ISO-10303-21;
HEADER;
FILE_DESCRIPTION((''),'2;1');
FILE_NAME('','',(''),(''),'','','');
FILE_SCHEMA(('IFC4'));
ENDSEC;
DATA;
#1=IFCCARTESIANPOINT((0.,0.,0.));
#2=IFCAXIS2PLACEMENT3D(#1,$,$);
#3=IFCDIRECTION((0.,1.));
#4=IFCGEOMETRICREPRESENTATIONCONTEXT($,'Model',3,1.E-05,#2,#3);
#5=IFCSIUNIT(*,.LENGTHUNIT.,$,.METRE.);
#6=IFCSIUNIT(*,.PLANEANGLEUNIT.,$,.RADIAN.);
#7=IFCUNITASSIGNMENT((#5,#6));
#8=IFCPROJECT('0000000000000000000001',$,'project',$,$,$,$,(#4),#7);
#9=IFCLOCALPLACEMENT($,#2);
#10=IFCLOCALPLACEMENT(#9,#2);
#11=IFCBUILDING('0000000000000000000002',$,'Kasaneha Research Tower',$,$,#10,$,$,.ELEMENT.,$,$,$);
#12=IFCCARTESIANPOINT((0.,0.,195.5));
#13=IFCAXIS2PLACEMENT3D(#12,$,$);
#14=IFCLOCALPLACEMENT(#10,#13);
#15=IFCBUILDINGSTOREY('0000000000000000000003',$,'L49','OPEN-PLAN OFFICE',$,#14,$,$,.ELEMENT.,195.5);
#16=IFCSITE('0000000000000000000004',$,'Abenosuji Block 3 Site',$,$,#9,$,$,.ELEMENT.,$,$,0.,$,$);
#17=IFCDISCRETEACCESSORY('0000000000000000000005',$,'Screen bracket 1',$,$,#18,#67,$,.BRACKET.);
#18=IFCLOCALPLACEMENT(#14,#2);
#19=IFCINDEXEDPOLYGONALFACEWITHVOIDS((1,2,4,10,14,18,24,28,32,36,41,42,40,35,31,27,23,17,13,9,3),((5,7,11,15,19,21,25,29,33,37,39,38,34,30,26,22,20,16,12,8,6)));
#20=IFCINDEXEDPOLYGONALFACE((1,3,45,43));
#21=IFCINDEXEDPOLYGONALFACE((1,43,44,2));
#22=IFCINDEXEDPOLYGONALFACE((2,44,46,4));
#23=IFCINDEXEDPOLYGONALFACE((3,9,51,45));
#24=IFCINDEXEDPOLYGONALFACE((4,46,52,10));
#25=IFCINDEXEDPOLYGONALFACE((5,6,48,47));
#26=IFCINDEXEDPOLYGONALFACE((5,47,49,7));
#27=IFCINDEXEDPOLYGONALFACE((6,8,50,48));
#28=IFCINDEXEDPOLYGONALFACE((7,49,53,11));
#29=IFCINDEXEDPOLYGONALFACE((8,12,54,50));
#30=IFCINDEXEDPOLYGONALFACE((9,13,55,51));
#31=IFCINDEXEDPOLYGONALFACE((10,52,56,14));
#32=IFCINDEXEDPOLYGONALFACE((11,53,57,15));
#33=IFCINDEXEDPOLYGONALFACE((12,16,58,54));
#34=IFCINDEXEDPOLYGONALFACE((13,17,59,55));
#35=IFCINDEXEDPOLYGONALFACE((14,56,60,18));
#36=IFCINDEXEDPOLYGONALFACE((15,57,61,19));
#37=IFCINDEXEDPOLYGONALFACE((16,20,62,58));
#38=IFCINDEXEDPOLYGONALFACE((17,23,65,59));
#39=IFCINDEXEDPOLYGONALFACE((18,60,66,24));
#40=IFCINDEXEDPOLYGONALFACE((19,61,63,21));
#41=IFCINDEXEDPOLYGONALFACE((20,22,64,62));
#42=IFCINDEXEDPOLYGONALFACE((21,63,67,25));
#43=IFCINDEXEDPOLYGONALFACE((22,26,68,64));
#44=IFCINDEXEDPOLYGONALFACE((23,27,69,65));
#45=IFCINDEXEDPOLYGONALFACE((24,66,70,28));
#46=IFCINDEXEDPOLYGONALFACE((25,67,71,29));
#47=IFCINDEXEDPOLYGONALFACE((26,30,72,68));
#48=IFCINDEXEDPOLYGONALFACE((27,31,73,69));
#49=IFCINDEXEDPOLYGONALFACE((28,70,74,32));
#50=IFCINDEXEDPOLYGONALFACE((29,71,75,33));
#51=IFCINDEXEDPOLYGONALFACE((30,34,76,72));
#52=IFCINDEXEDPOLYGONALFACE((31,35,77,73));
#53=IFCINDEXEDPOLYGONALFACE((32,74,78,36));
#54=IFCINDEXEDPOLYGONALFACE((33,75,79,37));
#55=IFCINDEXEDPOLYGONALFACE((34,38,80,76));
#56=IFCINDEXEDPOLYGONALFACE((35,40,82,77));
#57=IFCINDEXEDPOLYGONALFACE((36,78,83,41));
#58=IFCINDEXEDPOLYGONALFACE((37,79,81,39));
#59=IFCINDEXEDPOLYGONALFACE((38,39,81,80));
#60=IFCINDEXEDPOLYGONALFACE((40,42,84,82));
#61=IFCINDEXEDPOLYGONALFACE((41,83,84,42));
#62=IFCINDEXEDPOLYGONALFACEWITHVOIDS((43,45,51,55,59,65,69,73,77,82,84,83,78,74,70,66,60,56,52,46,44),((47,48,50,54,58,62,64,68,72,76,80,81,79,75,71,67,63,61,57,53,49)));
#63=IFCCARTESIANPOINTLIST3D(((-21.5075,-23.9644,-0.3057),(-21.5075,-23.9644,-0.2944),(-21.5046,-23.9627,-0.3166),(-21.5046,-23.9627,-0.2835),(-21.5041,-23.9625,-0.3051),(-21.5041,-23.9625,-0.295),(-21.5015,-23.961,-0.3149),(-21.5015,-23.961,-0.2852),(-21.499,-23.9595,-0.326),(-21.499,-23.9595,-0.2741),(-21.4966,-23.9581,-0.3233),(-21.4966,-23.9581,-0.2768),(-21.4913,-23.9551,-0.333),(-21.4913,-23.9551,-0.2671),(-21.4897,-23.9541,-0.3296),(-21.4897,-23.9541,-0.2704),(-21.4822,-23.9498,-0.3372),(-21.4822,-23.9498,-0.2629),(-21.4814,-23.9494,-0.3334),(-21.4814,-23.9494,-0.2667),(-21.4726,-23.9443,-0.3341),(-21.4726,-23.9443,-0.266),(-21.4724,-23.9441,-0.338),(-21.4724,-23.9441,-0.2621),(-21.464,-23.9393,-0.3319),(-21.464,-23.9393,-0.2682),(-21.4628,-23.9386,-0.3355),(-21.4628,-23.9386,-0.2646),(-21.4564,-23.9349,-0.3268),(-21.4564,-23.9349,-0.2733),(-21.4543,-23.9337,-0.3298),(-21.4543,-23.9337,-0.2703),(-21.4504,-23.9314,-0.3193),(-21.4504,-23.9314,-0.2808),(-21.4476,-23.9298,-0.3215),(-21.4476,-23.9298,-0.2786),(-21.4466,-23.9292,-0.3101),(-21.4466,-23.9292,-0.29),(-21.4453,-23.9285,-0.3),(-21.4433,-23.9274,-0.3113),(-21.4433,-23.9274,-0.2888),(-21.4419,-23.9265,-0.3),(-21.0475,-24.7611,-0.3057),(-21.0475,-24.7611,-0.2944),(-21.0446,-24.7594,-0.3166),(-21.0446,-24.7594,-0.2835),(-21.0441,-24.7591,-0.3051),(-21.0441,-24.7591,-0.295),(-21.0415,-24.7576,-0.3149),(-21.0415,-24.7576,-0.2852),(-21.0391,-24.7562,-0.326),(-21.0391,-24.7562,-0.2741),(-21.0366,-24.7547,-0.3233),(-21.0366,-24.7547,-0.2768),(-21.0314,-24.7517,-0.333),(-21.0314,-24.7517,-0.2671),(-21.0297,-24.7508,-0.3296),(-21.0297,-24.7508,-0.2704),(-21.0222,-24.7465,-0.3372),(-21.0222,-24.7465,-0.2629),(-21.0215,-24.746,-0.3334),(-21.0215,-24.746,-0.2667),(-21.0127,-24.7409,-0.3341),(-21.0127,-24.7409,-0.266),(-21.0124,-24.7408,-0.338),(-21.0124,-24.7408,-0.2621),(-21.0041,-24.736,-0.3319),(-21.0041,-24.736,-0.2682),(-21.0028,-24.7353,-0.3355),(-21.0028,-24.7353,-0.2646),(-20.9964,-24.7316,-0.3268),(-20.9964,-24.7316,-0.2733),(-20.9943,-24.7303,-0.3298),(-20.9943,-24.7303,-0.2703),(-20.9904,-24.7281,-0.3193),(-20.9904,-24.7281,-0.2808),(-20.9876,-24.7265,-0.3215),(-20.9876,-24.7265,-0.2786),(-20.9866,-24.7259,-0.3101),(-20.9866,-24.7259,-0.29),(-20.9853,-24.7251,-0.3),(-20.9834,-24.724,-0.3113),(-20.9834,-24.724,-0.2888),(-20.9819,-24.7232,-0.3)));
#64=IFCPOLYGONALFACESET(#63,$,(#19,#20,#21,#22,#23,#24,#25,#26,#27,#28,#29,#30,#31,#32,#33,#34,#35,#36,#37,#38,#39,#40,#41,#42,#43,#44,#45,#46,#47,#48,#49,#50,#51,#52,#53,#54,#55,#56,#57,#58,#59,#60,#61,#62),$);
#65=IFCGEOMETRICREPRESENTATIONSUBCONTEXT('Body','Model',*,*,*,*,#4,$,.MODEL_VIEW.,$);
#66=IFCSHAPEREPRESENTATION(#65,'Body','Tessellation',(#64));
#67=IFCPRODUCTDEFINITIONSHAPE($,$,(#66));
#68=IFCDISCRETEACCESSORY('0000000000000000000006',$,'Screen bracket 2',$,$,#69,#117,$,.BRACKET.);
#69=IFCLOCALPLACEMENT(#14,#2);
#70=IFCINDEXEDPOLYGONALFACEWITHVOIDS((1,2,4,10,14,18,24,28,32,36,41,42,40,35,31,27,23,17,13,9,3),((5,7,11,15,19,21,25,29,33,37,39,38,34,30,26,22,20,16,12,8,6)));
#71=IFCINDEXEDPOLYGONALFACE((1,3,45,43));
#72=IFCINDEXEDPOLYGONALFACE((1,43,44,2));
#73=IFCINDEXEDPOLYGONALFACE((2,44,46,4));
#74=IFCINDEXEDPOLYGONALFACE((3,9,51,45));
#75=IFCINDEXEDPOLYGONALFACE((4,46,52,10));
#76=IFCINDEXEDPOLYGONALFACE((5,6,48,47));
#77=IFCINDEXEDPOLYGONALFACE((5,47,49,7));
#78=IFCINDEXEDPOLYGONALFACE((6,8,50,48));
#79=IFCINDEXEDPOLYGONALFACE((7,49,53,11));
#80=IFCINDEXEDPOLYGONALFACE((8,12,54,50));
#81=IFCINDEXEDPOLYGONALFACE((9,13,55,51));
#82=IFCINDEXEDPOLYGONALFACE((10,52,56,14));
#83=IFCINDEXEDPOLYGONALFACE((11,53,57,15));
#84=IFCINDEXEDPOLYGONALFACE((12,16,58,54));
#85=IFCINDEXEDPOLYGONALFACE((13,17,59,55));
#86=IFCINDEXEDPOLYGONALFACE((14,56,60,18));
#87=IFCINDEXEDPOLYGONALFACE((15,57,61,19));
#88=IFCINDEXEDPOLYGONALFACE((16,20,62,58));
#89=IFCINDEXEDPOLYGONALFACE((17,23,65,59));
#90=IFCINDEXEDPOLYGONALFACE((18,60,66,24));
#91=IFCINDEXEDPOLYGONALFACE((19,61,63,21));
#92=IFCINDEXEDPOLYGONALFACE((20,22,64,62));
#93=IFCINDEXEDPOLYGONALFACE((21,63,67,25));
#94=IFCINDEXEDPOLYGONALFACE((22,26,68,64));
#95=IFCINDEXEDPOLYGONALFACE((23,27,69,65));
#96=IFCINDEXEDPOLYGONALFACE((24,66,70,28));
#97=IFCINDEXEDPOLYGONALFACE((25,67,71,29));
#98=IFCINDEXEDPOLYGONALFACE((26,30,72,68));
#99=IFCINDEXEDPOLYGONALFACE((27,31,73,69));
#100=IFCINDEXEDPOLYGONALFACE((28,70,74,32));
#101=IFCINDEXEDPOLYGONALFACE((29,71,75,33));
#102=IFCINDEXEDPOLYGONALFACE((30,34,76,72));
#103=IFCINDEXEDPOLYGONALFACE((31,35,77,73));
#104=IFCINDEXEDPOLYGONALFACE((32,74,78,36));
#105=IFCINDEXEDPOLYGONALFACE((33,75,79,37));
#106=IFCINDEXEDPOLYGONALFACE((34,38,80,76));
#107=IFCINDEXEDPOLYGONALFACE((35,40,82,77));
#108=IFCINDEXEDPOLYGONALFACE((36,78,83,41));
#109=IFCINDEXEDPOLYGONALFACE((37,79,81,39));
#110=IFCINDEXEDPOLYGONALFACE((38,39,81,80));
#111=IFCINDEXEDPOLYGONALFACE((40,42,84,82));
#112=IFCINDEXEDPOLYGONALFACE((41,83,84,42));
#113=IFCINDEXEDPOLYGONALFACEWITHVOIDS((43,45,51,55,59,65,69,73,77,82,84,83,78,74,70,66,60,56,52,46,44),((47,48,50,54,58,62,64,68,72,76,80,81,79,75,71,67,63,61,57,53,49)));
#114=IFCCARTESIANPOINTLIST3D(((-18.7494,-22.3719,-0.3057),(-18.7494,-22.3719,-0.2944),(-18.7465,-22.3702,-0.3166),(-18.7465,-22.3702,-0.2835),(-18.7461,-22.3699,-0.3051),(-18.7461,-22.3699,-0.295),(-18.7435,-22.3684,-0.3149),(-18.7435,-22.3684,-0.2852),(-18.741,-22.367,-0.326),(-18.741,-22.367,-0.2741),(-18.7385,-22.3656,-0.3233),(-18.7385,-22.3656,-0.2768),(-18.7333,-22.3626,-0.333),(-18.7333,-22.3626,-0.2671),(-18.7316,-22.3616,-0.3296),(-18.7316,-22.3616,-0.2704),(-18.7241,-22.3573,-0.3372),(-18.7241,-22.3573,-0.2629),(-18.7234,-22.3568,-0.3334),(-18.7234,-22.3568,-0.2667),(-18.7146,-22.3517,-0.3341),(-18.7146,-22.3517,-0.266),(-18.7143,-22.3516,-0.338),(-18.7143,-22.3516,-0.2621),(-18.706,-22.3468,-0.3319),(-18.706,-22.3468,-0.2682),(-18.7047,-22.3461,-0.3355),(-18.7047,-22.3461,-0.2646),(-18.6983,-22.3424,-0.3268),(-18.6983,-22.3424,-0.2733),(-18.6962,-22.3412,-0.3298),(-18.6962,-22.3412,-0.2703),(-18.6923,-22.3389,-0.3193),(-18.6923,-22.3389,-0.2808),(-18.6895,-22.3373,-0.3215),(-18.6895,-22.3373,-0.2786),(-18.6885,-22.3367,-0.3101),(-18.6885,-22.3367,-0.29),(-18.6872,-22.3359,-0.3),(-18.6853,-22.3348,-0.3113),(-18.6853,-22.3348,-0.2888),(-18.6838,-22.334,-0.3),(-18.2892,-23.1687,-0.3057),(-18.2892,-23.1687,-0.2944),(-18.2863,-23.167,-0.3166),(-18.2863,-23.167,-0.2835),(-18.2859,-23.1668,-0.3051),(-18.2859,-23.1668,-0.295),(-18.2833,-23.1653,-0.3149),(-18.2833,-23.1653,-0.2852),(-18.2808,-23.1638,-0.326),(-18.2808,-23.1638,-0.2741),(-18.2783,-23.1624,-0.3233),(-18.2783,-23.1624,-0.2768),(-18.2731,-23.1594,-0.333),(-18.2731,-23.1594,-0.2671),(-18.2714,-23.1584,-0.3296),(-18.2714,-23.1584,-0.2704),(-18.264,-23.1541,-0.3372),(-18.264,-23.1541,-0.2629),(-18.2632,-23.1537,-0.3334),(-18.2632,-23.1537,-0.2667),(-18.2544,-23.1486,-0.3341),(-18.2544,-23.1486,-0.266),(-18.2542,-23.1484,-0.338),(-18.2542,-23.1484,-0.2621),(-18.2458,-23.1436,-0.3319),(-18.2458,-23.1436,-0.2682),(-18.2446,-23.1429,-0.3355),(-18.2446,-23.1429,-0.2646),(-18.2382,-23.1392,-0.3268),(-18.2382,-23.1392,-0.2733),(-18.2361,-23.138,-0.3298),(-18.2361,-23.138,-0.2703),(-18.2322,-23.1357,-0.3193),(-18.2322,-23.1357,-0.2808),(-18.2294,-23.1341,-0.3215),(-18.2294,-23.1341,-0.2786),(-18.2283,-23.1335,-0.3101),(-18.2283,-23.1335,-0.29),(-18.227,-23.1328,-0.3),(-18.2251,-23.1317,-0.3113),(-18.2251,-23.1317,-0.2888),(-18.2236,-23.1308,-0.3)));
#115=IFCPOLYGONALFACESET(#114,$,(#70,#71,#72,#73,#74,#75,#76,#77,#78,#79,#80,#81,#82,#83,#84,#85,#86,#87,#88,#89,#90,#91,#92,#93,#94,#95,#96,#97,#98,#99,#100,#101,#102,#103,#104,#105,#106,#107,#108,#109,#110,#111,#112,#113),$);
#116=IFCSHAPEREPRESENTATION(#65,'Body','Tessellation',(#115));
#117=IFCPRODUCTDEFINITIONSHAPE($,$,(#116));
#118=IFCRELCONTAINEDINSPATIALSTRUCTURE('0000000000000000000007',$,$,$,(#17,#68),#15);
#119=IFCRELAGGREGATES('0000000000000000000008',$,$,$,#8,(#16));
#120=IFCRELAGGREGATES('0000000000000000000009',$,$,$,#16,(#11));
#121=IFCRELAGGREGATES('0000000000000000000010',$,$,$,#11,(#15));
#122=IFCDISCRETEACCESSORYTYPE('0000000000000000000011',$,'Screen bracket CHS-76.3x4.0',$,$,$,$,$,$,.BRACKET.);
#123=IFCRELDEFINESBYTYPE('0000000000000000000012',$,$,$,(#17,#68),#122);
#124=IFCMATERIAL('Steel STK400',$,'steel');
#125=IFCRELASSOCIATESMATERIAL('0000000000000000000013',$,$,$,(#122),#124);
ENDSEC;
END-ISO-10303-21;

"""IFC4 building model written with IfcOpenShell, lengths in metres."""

from ifc_helpers import new_model, si_unit, direction, frame, origin, origin_2d, place, context, subcontext, project, spatial, hollow_circle, extrude, material, material_profile, profile_set, type_object, element, save


model = new_model("IFC4")

# Units and contexts
model_context = context("Model", 3, precision=1e-05, world=origin(), true_north=direction((0.0, 1.0)))
body_context = subcontext(model_context, "Body", "Model", "MODEL_VIEW")
ifc_project = project(units=[si_unit("LENGTHUNIT", "METRE"), si_unit("PLANEANGLEUNIT", "RADIAN")], contexts=[model_context])

# Site, building, storey
site_placement = place(None, origin())
site = spatial("IfcSite", under=ifc_project, at=site_placement, Name="Abenosuji Block 3 Site", CompositionType="ELEMENT", RefElevation=0.0)
building_placement = place(site_placement, origin())
building = spatial("IfcBuilding", under=site, at=building_placement, Name="Kasaneha Research Tower", CompositionType="ELEMENT")
storey_placement = place(building_placement, frame((0.0, 0.0, 195.5)))
storey = spatial("IfcBuildingStorey", under=building, at=storey_placement, Name="L49", Description="OPEN-PLAN OFFICE", CompositionType="ELEMENT", Elevation=195.5)

# Discrete accessories
ifc_material_1 = material(Name="Steel STK400", Category="steel")
ifc_material_profile_1 = material_profile(ifc_material_1, hollow_circle(Radius=0.0381, WallThickness=0.0039, at=origin_2d()), Name="CHS-76.3x4.0")
ifc_profile_set_1 = profile_set([ifc_material_profile_1], Name="Steel STK400")
discrete_accessory_type = type_object("IfcDiscreteAccessoryType", Name="Screen bracket CHS-76.3x4.0", PredefinedType="BRACKET", material=ifc_profile_set_1)
discrete_accessory_1_placement = place(storey_placement, frame((-21.4749, -23.9456, -0.3), z_axis=(0.500021, -0.866013, 0.0), x_axis=(0.866013, 0.500021, 0.0)))
element("IfcDiscreteAccessory", 1, at=discrete_accessory_1_placement, inside=storey, type_object=discrete_accessory_type, Name="Screen bracket 1", PredefinedType="BRACKET", context=body_context, shape_type="SweptSolid", body=[
    extrude(hollow_circle(Radius=0.0381, WallThickness=0.0039, at=origin_2d()), origin(), (0.0, 0.0, 1.0), 0.9199),
])
discrete_accessory_2_placement = place(storey_placement, frame((-18.7168, -22.353, -0.3), z_axis=(0.500105, -0.865965, 0.0), x_axis=(0.865965, 0.500105, 0.0)))
element("IfcDiscreteAccessory", 2, at=discrete_accessory_2_placement, inside=storey, type_object=discrete_accessory_type, Name="Screen bracket 2", PredefinedType="BRACKET", context=body_context, shape_type="SweptSolid", body=[
    extrude(hollow_circle(Radius=0.0381, WallThickness=0.0039, at=origin_2d()), origin(), (0.0, 0.0, 1.0), 0.9202),
])

save(model, "model.ifc")
